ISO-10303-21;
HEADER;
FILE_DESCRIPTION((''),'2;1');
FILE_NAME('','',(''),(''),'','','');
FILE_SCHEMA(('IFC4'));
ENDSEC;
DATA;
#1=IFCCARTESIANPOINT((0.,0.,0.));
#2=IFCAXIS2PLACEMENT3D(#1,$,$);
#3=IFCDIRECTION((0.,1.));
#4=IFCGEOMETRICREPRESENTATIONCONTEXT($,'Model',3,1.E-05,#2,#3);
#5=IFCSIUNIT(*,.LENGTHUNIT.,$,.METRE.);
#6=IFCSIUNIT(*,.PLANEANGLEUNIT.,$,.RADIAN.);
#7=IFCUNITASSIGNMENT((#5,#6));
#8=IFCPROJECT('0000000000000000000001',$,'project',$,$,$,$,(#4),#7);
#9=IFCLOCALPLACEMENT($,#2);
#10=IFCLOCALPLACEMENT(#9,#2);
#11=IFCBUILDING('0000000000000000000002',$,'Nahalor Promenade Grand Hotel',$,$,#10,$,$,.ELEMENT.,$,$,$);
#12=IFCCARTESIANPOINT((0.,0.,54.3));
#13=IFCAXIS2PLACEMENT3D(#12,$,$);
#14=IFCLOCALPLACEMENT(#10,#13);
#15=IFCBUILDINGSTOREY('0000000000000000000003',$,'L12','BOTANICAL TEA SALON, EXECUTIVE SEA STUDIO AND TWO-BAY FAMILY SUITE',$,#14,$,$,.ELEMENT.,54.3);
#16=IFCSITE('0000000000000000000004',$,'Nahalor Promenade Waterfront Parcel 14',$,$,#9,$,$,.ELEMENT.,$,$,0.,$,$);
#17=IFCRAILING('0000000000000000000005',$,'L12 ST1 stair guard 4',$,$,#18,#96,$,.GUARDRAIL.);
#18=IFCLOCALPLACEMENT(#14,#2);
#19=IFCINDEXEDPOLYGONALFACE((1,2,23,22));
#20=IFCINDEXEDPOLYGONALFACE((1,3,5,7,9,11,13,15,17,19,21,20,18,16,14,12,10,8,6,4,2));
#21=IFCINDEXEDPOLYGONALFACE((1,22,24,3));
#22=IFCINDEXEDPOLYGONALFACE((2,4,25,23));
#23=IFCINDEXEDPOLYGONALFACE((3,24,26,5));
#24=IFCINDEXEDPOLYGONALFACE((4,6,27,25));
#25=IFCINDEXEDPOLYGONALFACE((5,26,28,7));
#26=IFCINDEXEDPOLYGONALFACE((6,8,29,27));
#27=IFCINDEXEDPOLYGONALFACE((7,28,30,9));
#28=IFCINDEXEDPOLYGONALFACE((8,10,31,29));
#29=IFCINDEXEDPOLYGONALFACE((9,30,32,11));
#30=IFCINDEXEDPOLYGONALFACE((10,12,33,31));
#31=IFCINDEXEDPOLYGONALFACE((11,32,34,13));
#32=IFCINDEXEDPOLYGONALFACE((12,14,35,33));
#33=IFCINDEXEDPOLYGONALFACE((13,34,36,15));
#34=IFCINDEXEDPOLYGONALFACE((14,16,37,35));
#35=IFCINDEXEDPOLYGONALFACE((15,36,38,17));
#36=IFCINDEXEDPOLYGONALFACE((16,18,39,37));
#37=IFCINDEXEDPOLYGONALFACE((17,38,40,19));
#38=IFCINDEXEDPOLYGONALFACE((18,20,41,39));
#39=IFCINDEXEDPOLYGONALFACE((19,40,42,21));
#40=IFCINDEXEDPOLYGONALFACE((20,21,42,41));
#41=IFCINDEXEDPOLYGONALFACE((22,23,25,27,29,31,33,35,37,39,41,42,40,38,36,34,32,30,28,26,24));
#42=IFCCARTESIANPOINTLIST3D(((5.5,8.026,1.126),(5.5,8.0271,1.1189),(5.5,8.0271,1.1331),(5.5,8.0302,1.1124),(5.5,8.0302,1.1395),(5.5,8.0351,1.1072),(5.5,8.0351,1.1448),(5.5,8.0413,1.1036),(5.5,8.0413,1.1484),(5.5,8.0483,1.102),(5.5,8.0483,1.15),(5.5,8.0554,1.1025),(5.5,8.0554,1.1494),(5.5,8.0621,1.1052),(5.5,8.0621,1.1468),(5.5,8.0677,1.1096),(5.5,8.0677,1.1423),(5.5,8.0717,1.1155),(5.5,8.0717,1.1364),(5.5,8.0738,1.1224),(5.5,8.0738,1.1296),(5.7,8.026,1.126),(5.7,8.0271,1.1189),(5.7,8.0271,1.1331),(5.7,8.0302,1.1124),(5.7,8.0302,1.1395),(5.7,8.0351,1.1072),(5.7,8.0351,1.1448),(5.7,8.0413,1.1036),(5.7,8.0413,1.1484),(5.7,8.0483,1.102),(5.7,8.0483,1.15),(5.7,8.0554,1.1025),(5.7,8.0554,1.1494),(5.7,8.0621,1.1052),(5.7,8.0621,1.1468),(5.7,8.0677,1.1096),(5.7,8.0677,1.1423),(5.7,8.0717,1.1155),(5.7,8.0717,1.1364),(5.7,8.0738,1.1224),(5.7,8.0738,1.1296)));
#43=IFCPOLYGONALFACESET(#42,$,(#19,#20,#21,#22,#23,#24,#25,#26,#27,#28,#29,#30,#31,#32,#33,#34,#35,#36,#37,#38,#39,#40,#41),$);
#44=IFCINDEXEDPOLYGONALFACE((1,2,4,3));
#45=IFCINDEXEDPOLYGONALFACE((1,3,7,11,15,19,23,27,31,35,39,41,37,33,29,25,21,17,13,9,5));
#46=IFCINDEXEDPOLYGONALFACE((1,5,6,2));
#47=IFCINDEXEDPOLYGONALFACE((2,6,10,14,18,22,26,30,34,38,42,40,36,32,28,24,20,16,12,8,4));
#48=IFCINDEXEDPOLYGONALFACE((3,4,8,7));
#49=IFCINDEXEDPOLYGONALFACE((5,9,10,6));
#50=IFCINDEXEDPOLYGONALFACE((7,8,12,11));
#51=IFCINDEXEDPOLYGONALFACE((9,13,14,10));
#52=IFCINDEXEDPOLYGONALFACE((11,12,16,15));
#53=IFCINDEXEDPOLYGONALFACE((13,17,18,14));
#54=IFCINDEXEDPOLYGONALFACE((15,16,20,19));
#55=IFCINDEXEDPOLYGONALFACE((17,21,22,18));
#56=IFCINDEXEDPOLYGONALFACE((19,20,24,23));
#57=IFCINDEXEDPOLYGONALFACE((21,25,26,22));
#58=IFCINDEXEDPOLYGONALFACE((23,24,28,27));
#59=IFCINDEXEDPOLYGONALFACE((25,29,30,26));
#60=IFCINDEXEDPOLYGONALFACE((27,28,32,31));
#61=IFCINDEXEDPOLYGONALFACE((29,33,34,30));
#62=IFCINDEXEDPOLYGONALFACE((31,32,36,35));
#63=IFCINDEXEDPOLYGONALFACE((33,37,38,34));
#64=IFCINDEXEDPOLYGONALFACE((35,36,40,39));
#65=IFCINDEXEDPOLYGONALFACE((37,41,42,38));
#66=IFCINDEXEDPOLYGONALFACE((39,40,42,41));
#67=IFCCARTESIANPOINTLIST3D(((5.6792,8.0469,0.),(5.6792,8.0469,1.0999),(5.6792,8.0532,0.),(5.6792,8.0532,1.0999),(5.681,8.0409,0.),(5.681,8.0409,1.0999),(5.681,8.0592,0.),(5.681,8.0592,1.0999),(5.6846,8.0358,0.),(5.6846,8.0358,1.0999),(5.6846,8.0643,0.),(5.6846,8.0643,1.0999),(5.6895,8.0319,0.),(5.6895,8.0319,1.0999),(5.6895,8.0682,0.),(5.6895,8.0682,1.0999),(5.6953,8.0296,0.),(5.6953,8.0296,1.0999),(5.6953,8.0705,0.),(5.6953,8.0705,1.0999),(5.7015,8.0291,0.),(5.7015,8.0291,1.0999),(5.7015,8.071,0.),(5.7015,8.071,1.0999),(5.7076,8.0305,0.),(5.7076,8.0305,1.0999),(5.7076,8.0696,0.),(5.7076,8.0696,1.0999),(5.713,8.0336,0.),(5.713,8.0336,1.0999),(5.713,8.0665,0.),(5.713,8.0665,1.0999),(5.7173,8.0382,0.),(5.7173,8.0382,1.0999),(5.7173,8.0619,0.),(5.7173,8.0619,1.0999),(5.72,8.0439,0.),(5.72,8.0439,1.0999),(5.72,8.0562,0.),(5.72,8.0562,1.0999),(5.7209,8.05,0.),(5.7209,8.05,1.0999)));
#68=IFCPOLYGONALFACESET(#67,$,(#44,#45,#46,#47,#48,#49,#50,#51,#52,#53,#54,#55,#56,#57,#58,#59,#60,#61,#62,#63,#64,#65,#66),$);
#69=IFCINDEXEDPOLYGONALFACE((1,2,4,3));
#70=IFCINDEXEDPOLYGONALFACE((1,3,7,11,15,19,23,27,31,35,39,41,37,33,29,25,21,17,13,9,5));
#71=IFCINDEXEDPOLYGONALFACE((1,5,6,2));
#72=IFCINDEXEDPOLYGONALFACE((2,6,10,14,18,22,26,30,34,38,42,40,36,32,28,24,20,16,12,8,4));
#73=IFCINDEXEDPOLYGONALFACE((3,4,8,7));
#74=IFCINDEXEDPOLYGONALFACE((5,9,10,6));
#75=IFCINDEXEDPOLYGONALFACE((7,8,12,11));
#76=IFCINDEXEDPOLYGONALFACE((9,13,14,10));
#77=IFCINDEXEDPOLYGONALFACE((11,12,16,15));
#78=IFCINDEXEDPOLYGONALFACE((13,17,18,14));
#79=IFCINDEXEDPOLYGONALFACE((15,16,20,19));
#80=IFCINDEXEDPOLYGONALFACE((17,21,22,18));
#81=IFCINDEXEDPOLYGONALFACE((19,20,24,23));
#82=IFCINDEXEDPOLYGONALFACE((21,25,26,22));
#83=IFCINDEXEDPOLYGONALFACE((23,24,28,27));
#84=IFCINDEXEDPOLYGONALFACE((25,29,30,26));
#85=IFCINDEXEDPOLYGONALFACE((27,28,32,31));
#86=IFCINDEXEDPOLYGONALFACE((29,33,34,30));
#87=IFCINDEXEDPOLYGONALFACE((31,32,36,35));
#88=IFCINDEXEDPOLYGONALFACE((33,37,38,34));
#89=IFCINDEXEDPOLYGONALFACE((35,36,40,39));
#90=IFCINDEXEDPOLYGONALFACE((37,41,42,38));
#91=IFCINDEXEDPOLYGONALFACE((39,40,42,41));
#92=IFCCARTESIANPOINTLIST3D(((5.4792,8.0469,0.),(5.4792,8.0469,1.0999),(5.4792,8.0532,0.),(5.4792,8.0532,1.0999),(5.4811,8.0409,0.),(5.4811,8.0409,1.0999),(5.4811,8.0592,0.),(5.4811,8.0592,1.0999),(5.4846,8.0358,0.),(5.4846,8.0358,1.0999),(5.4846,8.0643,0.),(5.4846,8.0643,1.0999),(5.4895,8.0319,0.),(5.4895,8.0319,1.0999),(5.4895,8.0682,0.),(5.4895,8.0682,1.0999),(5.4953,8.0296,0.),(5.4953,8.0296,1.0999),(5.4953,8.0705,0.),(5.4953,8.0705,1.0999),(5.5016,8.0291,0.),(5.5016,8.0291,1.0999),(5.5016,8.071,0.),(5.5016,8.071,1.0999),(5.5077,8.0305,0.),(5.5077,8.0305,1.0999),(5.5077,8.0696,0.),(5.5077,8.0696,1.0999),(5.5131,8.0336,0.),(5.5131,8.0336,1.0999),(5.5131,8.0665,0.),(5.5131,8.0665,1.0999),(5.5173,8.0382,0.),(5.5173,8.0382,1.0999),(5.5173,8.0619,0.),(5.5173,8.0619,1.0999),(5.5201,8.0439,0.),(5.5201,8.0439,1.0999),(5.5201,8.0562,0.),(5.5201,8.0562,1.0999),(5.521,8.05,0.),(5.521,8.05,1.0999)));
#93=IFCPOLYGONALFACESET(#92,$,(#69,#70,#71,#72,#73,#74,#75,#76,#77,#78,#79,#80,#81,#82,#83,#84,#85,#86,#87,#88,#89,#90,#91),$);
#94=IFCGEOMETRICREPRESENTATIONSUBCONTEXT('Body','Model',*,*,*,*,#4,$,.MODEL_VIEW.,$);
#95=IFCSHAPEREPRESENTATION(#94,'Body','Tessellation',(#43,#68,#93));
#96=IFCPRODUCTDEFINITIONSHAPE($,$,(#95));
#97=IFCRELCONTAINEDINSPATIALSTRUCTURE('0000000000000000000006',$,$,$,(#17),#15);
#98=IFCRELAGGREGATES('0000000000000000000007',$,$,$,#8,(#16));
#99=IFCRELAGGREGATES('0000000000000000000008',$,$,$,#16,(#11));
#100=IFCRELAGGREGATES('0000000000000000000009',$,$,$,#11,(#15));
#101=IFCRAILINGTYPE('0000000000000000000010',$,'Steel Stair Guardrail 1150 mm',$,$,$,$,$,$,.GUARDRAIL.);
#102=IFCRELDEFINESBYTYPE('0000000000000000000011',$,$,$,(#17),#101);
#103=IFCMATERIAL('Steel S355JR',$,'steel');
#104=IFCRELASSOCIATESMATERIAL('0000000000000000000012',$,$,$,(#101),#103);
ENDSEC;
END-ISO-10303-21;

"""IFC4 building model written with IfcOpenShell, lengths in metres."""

from ifc_helpers import new_model, si_unit, direction, frame, origin, origin_2d, place, context, subcontext, project, spatial, circle, extrude, material, type_object, element, save


model = new_model("IFC4")

# Units and contexts
model_context = context("Model", 3, precision=1e-05, world=origin(), true_north=direction((0.0, 1.0)))
body_context = subcontext(model_context, "Body", "Model", "MODEL_VIEW")
ifc_project = project(units=[si_unit("LENGTHUNIT", "METRE"), si_unit("PLANEANGLEUNIT", "RADIAN")], contexts=[model_context])

# Site, building, storey
site_placement = place(None, origin())
site = spatial("IfcSite", under=ifc_project, at=site_placement, Name="Nahalor Promenade Waterfront Parcel 14", CompositionType="ELEMENT", RefElevation=0.0)
building_placement = place(site_placement, origin())
building = spatial("IfcBuilding", under=site, at=building_placement, Name="Nahalor Promenade Grand Hotel", CompositionType="ELEMENT")
storey_placement = place(building_placement, frame((0.0, 0.0, 54.3)))
storey = spatial("IfcBuildingStorey", under=building, at=storey_placement, Name="L12", Description="BOTANICAL TEA SALON, EXECUTIVE SEA STUDIO AND TWO-BAY FAMILY SUITE", CompositionType="ELEMENT", Elevation=54.3)

# Shared definitions
ifc_material_1 = material(Name="Steel S355JR", Category="steel")

# Railing
railing_type_1 = type_object("IfcRailingType", Name="Steel Stair Guardrail 1150 mm", PredefinedType="GUARDRAIL", material=ifc_material_1)
railing_1_placement = place(storey_placement, frame((5.7, 8.05, 0.0)))
element("IfcRailing", 1, at=railing_1_placement, inside=storey, type_object=railing_type_1, Name="L12 ST1 stair guard 4", PredefinedType="GUARDRAIL", context=body_context, shape_type="SweptSolid", body=[
    extrude(circle(Radius=0.024, at=origin_2d()), frame((0.0, 0.0, 1.126), z_axis=(-1.0, 0.0, 0.0), x_axis=(0.0, -1.0, 0.0)), (0.0, 0.0, 1.0), 0.2),
    extrude(circle(Radius=0.021, at=origin_2d()), origin(), (0.0, 0.0, 1.0), 1.0999),
    extrude(circle(Radius=0.021, at=origin_2d()), frame((-0.2, 0.0, 0.0)), (0.0, 0.0, 1.0), 1.0999),
])

save(model, "model.ifc")
